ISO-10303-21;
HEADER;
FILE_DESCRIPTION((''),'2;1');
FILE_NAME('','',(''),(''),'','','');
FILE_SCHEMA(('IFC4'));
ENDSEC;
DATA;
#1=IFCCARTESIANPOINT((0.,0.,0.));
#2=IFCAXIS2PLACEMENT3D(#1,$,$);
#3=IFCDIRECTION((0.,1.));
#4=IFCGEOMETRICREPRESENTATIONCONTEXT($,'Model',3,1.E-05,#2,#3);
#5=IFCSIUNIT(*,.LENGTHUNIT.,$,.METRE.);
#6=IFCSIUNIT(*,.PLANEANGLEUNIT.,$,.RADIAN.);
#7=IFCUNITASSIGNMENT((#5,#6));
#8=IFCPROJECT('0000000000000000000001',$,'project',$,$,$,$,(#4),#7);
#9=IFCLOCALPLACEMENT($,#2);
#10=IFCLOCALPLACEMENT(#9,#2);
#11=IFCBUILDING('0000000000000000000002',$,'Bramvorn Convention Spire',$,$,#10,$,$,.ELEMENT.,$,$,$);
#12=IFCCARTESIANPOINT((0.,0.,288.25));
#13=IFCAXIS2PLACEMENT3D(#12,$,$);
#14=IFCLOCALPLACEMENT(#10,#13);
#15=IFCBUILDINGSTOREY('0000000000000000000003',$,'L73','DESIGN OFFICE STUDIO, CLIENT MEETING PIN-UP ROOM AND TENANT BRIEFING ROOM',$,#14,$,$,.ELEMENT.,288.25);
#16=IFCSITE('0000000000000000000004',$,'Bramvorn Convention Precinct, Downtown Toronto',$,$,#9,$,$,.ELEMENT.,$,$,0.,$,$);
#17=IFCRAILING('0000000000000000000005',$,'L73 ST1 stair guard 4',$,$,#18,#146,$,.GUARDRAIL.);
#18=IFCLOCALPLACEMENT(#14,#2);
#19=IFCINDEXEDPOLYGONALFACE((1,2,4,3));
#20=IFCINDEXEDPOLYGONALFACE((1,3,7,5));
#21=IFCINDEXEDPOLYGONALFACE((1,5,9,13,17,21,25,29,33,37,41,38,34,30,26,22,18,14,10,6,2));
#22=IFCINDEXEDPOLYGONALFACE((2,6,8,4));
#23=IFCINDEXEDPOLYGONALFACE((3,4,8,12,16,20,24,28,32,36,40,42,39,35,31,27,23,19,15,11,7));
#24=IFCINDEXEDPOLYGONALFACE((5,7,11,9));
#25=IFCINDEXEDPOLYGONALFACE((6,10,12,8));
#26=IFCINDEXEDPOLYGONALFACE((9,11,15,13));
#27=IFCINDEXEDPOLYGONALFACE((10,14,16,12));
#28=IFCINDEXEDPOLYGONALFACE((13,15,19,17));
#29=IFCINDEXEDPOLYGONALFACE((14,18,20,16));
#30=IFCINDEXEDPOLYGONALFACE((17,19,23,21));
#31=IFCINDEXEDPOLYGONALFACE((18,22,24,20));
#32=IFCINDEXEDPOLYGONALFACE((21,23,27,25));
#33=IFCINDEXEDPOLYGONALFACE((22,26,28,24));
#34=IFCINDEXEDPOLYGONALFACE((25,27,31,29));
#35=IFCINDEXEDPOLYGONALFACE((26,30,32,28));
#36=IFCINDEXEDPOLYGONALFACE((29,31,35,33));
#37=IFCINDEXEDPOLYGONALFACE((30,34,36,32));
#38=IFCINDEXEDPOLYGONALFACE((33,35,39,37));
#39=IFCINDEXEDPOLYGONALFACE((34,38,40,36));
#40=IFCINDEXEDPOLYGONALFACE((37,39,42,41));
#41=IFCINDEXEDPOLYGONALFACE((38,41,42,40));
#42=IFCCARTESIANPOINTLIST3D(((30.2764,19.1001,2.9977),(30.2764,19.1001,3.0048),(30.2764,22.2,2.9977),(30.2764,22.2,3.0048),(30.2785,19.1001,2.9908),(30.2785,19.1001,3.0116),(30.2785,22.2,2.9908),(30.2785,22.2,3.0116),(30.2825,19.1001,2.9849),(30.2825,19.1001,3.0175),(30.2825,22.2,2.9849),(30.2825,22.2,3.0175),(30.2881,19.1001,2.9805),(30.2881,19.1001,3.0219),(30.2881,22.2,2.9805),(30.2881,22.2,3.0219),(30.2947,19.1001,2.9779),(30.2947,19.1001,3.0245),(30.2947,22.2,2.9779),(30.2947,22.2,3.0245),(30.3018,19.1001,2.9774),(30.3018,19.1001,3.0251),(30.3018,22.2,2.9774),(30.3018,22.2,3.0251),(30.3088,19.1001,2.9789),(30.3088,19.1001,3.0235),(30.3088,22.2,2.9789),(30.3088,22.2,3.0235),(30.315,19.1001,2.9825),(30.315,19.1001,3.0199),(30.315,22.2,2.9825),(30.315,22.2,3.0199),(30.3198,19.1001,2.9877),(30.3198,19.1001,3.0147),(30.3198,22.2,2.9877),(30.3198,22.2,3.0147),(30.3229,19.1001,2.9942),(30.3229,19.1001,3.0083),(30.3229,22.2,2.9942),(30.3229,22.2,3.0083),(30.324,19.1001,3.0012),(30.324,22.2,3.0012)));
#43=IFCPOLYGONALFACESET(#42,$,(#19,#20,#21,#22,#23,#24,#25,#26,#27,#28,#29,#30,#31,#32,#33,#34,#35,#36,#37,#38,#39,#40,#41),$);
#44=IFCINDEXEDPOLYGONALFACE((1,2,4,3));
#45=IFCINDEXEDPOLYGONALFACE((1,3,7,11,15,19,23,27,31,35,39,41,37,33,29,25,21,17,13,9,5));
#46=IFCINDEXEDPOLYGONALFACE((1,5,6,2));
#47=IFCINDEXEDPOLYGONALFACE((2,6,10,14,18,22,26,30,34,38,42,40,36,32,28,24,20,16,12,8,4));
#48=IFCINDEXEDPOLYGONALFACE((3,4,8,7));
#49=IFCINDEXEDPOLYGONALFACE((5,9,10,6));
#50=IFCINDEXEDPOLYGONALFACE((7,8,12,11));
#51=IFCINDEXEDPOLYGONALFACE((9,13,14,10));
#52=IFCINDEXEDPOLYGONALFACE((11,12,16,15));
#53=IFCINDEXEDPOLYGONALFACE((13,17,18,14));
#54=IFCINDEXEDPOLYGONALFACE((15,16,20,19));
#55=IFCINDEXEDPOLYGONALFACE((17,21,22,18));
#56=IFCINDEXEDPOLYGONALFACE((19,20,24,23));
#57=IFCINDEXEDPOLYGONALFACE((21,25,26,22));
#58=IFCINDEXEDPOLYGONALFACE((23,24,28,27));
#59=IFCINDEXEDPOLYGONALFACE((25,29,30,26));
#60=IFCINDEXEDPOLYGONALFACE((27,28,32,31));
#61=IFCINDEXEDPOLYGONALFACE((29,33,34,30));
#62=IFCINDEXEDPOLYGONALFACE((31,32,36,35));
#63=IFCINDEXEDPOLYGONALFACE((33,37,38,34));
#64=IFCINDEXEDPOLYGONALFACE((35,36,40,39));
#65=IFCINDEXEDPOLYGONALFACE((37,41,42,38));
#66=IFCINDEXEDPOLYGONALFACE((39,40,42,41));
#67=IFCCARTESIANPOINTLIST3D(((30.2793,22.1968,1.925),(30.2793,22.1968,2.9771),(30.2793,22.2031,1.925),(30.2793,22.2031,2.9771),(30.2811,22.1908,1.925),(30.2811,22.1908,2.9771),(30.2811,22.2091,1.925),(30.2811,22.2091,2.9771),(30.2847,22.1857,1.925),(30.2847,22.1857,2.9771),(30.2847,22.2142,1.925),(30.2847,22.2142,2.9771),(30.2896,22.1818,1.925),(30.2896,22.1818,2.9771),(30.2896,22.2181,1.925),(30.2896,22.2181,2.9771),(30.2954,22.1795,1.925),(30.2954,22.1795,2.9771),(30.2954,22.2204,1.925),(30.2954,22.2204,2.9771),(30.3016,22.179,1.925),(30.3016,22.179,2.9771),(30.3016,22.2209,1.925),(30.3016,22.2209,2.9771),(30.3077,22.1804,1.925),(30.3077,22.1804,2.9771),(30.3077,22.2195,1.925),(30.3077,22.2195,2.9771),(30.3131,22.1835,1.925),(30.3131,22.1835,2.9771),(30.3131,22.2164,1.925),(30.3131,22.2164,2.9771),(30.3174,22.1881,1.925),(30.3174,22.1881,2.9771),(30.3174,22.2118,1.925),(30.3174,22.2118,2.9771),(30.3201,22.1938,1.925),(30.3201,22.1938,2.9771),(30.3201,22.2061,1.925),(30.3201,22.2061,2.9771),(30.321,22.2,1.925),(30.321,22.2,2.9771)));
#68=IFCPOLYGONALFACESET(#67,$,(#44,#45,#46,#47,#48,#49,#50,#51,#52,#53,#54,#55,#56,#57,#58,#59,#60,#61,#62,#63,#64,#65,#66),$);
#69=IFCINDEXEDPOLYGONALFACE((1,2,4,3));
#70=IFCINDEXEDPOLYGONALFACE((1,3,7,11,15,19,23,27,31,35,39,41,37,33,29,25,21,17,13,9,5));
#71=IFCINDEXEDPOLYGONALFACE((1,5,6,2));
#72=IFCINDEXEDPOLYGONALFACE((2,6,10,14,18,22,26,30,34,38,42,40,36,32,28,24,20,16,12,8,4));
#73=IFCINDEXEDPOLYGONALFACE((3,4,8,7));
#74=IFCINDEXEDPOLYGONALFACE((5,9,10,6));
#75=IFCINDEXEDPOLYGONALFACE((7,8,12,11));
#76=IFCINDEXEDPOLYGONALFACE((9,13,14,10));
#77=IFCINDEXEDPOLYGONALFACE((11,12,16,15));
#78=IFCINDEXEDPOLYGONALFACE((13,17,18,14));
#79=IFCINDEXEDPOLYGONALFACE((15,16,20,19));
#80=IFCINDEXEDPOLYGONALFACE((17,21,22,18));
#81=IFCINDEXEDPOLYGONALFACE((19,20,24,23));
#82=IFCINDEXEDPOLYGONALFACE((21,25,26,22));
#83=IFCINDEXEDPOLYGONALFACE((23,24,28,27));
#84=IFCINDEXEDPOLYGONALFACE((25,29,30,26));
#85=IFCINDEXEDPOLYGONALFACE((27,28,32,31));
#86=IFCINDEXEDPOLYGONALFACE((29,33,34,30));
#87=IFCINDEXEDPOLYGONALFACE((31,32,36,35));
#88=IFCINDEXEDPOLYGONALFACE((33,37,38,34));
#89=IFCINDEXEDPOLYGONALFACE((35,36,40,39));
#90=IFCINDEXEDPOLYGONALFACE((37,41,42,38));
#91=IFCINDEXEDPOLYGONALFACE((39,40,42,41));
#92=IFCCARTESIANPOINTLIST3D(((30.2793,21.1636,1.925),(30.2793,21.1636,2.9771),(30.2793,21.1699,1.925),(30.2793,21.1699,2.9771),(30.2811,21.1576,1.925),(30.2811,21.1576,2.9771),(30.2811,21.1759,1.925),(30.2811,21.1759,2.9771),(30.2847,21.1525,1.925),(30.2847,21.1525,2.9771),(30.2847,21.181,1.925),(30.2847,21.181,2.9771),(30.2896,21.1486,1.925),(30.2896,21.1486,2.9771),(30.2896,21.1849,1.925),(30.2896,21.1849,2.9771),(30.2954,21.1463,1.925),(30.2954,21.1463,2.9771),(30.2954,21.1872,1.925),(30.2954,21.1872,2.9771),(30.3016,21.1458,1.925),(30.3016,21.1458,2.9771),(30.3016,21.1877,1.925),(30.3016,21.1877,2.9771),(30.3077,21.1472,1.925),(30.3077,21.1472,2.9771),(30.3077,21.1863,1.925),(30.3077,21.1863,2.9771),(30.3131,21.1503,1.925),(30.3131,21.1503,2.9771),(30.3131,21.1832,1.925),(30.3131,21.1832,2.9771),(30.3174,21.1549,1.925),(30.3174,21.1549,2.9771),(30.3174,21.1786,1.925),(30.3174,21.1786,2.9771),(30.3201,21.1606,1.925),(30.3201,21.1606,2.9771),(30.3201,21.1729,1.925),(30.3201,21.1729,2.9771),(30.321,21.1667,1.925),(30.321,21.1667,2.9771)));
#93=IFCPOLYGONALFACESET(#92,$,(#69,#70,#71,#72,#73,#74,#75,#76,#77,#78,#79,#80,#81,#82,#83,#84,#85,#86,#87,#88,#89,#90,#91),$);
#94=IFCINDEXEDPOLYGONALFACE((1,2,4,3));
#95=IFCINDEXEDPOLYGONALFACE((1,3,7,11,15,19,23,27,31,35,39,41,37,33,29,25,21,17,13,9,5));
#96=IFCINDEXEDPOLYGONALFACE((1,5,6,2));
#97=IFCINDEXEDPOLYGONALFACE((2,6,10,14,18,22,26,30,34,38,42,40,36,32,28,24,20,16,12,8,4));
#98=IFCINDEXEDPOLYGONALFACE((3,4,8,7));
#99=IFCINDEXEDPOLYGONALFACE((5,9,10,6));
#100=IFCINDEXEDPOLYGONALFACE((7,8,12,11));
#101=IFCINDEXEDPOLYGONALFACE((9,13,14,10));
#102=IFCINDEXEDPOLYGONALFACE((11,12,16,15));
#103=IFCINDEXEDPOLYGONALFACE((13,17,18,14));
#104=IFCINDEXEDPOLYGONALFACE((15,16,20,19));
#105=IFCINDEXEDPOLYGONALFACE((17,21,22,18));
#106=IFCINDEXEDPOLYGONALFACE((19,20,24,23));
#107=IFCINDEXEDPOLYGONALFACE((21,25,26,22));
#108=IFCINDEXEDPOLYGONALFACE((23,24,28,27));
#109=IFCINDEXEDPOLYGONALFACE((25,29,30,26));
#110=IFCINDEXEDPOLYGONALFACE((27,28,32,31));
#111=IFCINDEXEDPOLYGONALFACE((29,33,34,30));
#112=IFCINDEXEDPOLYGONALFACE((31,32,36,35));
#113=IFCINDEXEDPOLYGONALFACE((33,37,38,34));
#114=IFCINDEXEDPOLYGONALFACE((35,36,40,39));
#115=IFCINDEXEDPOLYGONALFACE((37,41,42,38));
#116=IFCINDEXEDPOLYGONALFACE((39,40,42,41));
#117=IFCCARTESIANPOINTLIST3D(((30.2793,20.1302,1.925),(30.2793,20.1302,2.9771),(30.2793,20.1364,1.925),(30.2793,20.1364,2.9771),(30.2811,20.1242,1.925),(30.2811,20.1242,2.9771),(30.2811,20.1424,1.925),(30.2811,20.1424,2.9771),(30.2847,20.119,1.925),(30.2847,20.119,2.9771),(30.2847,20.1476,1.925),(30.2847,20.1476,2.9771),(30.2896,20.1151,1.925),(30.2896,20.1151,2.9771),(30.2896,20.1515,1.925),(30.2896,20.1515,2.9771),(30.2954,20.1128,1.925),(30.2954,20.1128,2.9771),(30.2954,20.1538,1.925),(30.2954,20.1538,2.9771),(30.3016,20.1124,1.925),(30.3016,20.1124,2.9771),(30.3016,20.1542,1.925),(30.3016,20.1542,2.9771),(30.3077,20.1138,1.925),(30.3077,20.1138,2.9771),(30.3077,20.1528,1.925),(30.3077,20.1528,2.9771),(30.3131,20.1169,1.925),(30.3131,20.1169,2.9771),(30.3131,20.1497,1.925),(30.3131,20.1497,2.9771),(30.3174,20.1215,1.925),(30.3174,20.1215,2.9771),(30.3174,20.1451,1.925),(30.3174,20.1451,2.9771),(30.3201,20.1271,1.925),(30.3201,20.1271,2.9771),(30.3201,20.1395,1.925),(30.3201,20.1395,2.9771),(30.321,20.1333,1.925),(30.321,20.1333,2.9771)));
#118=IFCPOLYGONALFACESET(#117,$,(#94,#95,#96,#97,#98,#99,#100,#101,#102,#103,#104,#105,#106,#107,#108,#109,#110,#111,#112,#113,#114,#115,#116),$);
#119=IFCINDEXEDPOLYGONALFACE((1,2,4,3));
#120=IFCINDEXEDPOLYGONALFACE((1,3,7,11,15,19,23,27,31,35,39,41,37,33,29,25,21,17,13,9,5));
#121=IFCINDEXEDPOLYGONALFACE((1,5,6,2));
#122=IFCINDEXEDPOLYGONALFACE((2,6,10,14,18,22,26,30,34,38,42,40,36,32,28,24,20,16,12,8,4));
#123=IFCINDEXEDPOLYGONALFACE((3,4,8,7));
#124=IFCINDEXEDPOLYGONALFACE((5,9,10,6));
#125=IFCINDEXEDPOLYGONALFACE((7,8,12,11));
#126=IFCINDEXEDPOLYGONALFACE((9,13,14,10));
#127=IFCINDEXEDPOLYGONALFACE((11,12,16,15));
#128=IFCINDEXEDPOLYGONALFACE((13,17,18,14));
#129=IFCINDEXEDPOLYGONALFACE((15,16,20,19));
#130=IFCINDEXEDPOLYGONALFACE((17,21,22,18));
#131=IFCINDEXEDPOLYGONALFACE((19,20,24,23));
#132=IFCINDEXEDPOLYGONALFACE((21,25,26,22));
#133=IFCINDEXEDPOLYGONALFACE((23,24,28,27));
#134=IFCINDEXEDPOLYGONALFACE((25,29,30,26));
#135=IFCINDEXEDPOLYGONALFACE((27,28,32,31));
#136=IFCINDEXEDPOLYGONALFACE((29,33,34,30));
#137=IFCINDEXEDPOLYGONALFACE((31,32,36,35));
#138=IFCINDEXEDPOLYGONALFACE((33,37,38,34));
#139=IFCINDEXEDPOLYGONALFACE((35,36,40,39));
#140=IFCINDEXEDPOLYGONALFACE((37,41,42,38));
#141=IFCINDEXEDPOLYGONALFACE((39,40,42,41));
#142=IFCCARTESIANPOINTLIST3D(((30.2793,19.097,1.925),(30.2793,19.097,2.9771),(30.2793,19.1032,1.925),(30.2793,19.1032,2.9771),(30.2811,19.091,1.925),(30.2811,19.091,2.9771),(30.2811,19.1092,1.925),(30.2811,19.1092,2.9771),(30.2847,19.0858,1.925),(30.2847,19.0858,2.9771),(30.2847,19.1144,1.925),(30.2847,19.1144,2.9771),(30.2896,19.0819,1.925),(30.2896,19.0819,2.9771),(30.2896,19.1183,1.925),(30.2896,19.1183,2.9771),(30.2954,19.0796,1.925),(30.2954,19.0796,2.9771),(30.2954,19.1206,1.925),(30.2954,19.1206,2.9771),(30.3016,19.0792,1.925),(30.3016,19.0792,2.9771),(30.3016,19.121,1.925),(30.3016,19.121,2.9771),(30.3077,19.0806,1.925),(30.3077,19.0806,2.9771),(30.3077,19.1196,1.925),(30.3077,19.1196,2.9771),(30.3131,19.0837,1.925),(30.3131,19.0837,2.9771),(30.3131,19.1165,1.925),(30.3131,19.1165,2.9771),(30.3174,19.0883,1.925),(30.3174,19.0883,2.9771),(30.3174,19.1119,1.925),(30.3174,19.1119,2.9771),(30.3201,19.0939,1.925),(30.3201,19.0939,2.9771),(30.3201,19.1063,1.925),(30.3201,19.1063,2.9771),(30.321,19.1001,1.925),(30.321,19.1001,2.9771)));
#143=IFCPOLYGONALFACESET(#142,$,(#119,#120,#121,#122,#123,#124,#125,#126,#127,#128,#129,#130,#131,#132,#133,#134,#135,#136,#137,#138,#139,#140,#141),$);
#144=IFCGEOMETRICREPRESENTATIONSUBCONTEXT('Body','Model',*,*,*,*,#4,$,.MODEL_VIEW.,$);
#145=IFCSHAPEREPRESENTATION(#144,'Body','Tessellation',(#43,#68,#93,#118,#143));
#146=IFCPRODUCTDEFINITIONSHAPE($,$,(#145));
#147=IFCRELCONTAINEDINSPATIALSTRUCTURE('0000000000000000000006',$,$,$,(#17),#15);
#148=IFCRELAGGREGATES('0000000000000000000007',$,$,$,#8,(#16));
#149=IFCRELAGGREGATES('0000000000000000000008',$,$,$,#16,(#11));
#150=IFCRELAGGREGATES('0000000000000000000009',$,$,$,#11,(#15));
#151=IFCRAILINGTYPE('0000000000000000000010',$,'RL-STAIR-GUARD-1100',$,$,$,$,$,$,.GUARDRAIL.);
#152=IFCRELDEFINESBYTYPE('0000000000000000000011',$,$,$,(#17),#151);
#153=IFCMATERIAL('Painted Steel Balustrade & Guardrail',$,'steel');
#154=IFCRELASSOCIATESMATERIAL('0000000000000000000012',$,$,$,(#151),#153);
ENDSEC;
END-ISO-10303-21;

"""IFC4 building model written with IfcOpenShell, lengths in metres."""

from ifc_helpers import new_model, si_unit, direction, frame, origin, origin_2d, place, context, subcontext, project, spatial, circle, extrude, material, type_object, element, save


model = new_model("IFC4")

# Units and contexts
model_context = context("Model", 3, precision=1e-05, world=origin(), true_north=direction((0.0, 1.0)))
body_context = subcontext(model_context, "Body", "Model", "MODEL_VIEW")
ifc_project = project(units=[si_unit("LENGTHUNIT", "METRE"), si_unit("PLANEANGLEUNIT", "RADIAN")], contexts=[model_context])

# Site, building, storey
site_placement = place(None, origin())
site = spatial("IfcSite", under=ifc_project, at=site_placement, Name="Bramvorn Convention Precinct, Downtown Toronto", CompositionType="ELEMENT", RefElevation=0.0)
building_placement = place(site_placement, origin())
building = spatial("IfcBuilding", under=site, at=building_placement, Name="Bramvorn Convention Spire", CompositionType="ELEMENT")
storey_placement = place(building_placement, frame((0.0, 0.0, 288.25)))
storey = spatial("IfcBuildingStorey", under=building, at=storey_placement, Name="L73", Description="DESIGN OFFICE STUDIO, CLIENT MEETING PIN-UP ROOM AND TENANT BRIEFING ROOM", CompositionType="ELEMENT", Elevation=288.25)

# Railing
ifc_material_1 = material(Name="Painted Steel Balustrade & Guardrail", Category="steel")
railing_type_1 = type_object("IfcRailingType", Name="RL-STAIR-GUARD-1100", PredefinedType="GUARDRAIL", material=ifc_material_1)
for number, where, name in (
    (1, (30.3, 22.2, 1.925), "L73 ST1 stair guard 4"),
):
    element("IfcRailing", number, at=place(storey_placement, frame(where)), inside=storey, type_object=railing_type_1, Name=name, PredefinedType="GUARDRAIL", context=body_context, shape_type="SweptSolid", body=[
        extrude(circle(Radius=0.0239, at=origin_2d()), frame((0.0, 0.0, 1.0762), z_axis=(0.0, -1.0, 0.0), x_axis=(1.0, 0.0, 0.0)), (0.0, 0.0, 1.0), 3.0999),
        extrude(circle(Radius=0.021, at=origin_2d()), origin(), (0.0, 0.0, 1.0), 1.052),
        extrude(circle(Radius=0.021, at=origin_2d()), frame((0.0, -1.0332, 0.0)), (0.0, 0.0, 1.0), 1.052),
        extrude(circle(Radius=0.021, at=origin_2d()), frame((0.0, -2.0667, 0.0)), (0.0, 0.0, 1.0), 1.052),
        extrude(circle(Radius=0.021, at=origin_2d()), frame((0.0, -3.0999, 0.0)), (0.0, 0.0, 1.0), 1.052),
    ])

save(model, "model.ifc")
